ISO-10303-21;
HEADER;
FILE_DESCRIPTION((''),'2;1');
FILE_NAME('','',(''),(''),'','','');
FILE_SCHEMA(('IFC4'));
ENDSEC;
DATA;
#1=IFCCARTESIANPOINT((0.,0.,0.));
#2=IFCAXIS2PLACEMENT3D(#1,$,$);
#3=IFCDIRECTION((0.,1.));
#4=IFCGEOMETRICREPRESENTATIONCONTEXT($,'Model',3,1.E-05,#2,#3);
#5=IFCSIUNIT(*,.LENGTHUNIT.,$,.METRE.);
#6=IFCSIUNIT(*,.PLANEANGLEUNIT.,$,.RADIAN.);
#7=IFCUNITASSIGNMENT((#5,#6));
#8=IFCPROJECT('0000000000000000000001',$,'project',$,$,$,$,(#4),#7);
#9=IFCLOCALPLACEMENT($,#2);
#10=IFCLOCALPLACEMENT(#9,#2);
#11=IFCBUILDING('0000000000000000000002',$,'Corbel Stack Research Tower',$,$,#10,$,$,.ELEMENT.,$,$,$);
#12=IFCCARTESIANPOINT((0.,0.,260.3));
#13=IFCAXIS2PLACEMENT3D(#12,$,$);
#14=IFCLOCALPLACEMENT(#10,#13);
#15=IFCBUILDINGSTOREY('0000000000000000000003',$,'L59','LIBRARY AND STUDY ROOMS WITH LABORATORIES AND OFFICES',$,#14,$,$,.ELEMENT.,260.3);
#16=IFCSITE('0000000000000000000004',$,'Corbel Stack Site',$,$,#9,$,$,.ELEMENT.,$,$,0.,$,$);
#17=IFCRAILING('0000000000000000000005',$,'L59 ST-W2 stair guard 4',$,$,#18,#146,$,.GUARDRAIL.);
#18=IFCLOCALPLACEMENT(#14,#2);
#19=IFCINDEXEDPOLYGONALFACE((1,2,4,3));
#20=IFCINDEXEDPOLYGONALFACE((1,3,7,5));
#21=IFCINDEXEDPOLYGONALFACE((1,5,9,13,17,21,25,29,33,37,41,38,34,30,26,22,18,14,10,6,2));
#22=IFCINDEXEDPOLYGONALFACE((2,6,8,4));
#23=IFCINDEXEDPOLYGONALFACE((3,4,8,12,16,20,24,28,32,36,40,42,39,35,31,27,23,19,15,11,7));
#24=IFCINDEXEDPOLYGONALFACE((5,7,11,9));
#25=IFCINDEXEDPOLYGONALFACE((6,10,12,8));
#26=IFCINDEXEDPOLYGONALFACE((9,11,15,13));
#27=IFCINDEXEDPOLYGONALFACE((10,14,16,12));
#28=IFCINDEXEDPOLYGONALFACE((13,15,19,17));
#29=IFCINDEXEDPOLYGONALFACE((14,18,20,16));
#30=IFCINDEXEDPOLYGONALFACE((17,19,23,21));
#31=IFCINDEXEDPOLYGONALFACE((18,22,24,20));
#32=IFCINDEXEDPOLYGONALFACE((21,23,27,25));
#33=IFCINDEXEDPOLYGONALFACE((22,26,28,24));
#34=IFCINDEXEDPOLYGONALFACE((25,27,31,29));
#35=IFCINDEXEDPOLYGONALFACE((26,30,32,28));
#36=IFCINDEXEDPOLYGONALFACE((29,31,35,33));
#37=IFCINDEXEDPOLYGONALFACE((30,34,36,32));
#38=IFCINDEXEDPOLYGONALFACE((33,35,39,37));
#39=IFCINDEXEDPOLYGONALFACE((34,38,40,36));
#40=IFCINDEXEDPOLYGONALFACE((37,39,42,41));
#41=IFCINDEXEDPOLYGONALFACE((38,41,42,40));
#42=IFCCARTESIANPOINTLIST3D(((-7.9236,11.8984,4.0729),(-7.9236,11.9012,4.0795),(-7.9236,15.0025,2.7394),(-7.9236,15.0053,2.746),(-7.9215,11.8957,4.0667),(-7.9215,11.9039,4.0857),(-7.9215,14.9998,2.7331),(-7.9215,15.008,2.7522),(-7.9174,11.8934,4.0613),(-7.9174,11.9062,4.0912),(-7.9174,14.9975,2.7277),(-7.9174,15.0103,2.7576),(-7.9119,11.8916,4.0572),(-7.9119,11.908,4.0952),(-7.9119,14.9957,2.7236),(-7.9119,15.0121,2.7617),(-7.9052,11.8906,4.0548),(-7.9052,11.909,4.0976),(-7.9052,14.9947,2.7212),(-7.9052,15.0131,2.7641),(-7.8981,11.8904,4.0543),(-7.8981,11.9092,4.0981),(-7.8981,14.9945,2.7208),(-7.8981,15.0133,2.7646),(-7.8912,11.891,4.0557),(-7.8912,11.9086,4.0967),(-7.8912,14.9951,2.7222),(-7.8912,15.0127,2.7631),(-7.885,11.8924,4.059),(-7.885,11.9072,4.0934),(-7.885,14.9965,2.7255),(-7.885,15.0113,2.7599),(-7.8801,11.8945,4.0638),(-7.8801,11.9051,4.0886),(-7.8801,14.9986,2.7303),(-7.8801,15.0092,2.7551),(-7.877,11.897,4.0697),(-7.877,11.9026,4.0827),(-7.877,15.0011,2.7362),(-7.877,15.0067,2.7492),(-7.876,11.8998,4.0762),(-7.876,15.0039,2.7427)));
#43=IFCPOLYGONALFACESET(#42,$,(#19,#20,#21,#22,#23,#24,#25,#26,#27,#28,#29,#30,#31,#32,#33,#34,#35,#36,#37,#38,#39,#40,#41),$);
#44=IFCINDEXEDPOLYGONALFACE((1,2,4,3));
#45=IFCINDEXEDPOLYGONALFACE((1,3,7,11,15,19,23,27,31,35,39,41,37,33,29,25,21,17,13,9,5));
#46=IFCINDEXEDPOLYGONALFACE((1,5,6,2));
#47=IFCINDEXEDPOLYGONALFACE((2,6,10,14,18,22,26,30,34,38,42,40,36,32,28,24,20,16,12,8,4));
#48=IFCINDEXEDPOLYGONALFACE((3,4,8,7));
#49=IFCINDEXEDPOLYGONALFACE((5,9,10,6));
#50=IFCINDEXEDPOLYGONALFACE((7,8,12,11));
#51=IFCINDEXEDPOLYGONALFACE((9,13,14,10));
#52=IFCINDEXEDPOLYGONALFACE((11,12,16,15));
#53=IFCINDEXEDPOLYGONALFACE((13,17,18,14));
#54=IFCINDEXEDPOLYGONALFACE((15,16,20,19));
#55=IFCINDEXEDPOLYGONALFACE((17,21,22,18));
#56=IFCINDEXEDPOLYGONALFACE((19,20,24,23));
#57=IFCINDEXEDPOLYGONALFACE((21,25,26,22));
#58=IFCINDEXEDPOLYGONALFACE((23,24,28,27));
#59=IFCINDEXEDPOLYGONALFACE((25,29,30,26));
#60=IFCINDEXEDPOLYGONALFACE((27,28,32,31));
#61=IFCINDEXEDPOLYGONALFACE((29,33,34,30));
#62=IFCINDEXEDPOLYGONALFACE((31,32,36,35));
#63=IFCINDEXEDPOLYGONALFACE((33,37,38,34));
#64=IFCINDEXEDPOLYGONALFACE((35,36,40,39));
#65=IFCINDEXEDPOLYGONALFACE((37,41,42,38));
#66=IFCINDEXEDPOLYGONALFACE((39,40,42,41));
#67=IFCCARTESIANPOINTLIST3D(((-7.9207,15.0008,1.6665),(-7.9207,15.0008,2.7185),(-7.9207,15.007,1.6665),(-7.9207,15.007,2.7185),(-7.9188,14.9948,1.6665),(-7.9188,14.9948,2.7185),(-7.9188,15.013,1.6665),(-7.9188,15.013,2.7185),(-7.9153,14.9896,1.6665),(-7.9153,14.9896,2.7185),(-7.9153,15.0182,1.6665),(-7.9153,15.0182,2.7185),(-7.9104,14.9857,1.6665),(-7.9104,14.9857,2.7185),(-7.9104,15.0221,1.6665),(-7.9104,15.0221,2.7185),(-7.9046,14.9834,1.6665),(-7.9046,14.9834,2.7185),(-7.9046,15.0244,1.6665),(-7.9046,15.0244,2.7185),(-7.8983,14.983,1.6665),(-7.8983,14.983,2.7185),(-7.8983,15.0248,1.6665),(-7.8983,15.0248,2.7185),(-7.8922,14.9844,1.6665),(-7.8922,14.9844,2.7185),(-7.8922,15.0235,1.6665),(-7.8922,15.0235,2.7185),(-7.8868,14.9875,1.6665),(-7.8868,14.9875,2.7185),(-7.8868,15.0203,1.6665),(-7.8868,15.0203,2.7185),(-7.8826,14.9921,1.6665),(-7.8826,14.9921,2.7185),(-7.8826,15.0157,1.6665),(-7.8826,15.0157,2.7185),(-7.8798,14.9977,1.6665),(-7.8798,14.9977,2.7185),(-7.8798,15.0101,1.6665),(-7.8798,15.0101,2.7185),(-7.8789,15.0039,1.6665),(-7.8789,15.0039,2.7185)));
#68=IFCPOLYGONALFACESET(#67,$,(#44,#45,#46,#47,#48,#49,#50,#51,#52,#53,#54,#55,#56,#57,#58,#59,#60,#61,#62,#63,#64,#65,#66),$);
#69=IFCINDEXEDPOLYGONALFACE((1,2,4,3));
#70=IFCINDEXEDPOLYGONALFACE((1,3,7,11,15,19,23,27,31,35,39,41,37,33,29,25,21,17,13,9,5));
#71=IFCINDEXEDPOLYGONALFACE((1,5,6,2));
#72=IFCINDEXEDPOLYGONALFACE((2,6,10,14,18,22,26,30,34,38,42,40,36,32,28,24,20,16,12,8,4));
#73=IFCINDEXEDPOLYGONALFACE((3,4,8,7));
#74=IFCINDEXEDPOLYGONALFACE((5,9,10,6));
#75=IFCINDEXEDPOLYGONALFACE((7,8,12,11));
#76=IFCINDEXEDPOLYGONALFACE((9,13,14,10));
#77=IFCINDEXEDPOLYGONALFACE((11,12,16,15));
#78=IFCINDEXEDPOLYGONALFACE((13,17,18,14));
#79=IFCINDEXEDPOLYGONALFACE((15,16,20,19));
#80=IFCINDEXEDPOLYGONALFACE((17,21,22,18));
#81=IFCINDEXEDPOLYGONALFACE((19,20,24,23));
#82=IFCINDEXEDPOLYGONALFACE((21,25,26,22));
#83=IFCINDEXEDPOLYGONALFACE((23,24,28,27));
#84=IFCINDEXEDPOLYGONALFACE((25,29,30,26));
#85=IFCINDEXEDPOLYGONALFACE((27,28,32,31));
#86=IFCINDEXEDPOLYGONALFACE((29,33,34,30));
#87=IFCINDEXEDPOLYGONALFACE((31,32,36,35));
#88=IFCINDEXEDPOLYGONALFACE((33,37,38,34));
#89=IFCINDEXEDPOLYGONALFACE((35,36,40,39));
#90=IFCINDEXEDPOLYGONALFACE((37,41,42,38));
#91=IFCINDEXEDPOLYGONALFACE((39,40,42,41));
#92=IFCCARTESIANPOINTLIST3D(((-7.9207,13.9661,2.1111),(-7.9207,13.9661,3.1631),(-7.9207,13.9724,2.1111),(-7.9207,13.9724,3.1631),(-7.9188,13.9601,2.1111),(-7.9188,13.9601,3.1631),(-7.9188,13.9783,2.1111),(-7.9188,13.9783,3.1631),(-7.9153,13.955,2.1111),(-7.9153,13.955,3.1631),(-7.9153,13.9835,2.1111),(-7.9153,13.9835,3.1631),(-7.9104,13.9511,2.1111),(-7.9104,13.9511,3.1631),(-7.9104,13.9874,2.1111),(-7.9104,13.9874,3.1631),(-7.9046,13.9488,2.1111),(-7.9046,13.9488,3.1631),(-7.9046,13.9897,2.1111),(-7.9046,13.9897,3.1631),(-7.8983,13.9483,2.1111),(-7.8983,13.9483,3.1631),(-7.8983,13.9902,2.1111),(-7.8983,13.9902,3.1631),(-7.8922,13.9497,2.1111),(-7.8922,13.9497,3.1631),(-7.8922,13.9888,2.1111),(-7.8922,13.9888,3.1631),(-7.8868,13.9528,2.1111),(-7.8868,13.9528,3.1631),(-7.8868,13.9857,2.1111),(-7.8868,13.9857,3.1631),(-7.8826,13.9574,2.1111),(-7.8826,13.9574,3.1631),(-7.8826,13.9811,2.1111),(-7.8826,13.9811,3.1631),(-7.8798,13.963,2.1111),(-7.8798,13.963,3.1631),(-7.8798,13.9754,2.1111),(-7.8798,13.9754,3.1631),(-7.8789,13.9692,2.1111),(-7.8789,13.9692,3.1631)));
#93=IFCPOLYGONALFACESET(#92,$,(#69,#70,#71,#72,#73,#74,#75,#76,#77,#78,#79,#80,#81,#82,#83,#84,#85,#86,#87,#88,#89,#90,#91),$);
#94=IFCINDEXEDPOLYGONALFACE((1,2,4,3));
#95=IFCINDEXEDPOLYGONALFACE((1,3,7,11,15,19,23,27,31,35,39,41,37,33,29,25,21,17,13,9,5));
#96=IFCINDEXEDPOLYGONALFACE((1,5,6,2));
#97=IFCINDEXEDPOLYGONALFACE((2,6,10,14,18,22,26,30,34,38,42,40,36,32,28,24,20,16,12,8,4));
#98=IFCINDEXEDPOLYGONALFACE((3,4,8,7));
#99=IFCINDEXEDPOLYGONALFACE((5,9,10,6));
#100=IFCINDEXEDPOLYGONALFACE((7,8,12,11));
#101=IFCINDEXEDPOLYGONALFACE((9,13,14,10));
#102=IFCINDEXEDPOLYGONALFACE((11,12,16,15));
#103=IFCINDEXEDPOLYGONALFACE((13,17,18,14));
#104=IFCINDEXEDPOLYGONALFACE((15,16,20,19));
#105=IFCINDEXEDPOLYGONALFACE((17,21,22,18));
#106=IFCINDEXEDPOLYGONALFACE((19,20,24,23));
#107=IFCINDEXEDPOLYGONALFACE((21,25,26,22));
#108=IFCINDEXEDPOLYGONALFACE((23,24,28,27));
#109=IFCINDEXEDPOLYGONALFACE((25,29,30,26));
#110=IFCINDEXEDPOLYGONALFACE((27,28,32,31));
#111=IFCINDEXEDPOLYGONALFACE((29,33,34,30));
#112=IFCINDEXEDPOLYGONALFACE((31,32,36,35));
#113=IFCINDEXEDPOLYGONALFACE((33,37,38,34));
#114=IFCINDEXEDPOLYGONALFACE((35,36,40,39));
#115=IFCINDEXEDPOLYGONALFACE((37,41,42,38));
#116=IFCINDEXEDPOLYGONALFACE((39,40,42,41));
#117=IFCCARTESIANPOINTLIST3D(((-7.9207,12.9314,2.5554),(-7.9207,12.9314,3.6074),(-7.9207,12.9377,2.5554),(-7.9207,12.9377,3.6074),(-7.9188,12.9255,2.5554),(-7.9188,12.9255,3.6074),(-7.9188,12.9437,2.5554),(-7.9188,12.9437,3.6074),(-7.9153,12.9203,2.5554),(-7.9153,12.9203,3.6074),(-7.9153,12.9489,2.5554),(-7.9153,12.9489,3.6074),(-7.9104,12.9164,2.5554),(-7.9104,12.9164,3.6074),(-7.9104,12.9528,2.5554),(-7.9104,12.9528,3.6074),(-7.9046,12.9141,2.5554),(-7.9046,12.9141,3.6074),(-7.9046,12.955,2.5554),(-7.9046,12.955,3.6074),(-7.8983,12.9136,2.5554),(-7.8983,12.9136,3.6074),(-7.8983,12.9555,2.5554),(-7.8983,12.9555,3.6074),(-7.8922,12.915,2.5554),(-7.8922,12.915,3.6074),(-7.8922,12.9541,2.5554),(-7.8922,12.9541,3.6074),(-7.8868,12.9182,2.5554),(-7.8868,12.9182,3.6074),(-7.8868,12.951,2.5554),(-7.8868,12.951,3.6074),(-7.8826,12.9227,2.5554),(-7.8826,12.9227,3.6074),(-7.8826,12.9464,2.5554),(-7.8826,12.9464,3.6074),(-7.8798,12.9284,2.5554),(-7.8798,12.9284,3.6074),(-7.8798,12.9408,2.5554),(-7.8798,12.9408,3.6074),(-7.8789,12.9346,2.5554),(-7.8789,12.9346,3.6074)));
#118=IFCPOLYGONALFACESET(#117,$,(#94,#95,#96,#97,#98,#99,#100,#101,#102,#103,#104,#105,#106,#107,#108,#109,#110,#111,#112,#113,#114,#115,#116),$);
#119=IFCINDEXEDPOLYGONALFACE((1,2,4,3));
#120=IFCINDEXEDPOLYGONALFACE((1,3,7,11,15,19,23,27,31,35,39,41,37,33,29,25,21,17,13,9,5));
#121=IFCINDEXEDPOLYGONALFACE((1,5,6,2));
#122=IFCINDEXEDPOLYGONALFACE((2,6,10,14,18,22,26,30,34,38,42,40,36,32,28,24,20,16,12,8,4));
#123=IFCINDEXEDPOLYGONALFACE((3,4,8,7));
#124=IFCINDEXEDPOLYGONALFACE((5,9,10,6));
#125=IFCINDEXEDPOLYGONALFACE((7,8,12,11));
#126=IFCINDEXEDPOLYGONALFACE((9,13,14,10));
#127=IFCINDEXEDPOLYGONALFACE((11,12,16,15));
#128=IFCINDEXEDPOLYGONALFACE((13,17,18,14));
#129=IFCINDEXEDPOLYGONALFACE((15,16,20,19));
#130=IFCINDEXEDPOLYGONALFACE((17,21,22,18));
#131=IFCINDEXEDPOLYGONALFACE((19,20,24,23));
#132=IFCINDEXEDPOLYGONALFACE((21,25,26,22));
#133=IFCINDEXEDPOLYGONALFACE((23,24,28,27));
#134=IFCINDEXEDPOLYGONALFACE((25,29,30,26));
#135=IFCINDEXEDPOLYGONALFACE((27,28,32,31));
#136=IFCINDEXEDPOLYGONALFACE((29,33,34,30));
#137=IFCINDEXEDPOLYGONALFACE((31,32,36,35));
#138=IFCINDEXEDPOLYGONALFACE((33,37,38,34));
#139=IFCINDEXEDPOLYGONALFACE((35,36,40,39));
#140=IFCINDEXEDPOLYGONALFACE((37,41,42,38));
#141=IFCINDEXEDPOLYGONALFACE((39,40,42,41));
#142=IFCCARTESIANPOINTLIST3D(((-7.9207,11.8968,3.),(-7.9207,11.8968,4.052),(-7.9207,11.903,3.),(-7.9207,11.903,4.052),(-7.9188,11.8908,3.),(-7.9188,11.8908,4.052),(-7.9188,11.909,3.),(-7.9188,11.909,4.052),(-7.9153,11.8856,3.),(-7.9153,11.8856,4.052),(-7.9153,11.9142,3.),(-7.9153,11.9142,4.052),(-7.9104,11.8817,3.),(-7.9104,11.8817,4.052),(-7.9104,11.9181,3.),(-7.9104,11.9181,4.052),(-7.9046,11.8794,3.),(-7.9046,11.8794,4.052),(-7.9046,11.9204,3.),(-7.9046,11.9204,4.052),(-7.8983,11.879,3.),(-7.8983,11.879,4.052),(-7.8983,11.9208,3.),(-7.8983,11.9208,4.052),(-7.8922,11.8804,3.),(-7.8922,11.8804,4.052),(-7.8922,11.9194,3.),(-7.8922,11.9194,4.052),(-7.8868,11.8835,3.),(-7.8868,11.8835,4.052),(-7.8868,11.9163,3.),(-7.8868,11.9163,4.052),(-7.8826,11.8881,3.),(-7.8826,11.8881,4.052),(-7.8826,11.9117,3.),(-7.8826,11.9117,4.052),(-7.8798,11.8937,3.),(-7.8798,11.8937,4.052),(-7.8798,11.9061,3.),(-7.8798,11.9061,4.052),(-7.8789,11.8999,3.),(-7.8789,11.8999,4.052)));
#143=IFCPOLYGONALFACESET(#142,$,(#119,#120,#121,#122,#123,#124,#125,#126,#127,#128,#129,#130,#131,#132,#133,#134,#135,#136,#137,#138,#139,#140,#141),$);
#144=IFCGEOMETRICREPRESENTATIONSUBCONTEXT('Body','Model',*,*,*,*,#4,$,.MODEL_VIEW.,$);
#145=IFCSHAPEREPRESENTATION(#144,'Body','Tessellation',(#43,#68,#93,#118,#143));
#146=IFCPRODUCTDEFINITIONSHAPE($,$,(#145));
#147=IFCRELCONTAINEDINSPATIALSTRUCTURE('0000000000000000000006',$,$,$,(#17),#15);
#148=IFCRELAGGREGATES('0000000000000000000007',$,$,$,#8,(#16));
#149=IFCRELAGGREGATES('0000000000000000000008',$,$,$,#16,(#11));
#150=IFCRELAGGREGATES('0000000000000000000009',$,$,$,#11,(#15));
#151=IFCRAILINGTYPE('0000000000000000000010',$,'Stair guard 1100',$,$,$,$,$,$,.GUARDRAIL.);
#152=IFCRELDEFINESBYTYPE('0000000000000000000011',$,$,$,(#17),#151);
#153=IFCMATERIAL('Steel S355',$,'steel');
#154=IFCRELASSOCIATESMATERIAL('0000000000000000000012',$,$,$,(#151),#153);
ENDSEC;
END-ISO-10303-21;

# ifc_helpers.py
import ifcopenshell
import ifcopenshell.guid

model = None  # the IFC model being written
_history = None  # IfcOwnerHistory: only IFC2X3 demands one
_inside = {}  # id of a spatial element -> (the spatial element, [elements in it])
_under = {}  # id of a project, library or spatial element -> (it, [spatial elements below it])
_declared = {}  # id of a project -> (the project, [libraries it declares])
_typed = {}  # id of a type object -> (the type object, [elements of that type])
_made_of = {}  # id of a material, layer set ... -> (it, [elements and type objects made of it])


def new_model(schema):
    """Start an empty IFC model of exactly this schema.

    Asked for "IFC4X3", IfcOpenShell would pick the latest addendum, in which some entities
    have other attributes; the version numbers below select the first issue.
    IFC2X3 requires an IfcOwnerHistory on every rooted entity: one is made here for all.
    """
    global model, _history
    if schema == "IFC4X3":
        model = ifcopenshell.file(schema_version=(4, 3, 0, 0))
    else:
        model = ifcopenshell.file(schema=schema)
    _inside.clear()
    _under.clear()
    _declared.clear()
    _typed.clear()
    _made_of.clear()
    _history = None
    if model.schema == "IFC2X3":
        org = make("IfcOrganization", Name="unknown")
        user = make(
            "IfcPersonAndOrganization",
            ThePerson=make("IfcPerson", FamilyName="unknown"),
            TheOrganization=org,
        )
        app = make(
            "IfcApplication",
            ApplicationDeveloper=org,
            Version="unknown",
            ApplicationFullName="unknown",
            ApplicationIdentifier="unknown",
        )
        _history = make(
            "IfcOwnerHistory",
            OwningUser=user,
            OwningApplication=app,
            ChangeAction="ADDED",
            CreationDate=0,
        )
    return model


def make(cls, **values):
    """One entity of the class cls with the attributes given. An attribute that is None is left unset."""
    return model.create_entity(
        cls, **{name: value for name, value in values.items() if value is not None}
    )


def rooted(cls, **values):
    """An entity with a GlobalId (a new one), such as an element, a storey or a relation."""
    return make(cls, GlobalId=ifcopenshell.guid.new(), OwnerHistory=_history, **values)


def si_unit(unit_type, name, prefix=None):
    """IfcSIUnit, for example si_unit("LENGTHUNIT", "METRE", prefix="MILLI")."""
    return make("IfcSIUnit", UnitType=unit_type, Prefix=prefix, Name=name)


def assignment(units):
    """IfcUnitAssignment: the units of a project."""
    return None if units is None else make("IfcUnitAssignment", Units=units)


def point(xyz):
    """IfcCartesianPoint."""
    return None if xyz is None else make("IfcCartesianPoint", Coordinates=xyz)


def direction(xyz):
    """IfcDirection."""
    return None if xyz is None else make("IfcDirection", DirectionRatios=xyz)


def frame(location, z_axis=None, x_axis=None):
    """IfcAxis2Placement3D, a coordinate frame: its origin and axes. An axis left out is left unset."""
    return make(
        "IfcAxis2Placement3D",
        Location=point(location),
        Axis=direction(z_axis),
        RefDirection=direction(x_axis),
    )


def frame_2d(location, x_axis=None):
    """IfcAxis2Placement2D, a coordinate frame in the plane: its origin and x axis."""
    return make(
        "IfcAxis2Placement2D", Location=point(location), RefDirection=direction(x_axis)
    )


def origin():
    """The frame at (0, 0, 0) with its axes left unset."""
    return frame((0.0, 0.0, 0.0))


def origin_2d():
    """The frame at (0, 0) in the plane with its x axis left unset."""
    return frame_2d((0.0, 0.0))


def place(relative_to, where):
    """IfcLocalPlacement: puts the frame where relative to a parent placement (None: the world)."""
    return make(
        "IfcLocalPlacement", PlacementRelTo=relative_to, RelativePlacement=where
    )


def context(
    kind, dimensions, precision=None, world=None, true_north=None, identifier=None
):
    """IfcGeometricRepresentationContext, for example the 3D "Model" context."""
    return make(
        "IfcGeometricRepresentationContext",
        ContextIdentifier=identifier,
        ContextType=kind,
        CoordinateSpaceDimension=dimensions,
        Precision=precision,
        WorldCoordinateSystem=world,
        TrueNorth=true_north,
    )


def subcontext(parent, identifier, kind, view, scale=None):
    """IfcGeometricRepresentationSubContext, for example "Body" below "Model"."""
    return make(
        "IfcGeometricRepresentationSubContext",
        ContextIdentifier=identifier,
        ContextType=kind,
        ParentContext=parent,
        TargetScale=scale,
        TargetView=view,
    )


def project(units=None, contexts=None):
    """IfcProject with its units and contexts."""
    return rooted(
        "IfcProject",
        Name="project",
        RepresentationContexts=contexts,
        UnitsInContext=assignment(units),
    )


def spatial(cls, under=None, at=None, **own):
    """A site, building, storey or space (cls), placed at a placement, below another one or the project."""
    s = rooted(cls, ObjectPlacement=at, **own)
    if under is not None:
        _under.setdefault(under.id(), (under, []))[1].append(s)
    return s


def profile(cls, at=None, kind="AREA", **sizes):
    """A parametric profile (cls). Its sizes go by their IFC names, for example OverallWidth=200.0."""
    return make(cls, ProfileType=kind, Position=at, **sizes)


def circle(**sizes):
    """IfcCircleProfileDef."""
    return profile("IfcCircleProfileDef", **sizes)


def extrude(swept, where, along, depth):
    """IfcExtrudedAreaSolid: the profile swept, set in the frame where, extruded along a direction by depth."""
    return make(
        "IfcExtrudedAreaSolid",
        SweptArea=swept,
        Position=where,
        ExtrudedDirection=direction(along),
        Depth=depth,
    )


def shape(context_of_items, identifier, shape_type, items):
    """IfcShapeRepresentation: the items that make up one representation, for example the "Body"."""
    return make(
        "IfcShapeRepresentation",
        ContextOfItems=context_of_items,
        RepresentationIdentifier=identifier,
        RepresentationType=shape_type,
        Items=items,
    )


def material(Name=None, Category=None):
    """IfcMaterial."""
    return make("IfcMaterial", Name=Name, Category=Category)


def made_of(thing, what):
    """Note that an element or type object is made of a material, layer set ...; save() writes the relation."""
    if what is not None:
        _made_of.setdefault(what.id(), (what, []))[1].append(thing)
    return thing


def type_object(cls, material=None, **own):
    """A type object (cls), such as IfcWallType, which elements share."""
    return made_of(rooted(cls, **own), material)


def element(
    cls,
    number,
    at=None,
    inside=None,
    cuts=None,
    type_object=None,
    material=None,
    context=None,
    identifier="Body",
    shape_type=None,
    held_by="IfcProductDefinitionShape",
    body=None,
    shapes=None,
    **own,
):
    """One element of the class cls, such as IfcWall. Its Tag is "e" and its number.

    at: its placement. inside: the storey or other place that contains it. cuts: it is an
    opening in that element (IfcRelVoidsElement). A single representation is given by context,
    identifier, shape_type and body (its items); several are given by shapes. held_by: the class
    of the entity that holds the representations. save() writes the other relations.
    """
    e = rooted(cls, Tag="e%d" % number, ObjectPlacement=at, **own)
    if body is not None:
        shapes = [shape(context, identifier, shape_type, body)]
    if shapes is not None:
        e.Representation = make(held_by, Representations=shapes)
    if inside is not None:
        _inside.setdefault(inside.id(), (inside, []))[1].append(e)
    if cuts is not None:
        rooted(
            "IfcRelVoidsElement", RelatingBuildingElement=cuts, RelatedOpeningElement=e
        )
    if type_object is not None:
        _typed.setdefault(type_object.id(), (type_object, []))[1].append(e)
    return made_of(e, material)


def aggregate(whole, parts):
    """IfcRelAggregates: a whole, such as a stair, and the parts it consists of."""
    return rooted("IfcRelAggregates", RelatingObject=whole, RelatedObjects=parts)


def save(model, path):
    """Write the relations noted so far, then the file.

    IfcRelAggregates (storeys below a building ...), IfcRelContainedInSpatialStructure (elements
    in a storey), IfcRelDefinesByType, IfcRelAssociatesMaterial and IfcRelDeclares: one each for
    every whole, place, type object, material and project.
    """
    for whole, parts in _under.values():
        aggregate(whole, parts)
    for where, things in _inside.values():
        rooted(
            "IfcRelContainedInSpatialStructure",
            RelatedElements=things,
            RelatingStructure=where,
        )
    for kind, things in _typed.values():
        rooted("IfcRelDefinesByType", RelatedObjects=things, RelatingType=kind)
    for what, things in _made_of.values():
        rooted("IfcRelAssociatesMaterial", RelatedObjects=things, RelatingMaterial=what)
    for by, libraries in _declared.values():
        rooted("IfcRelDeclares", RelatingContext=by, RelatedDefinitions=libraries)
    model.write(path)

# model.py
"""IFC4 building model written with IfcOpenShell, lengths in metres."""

from ifc_helpers import new_model, si_unit, direction, frame, origin, origin_2d, place, context, subcontext, project, spatial, circle, extrude, material, type_object, element, save


model = new_model("IFC4")

# Units and contexts
model_context = context("Model", 3, precision=1e-05, world=origin(), true_north=direction((0.0, 1.0)))
body_context = subcontext(model_context, "Body", "Model", "MODEL_VIEW")
ifc_project = project(units=[si_unit("LENGTHUNIT", "METRE"), si_unit("PLANEANGLEUNIT", "RADIAN")], contexts=[model_context])

# Site, building, storey
site_placement = place(None, origin())
site = spatial("IfcSite", under=ifc_project, at=site_placement, Name="Corbel Stack Site", CompositionType="ELEMENT", RefElevation=0.0)
building_placement = place(site_placement, origin())
building = spatial("IfcBuilding", under=site, at=building_placement, Name="Corbel Stack Research Tower", CompositionType="ELEMENT")
storey_placement = place(building_placement, frame((0.0, 0.0, 260.3)))
storey = spatial("IfcBuildingStorey", under=building, at=storey_placement, Name="L59", Description="LIBRARY AND STUDY ROOMS WITH LABORATORIES AND OFFICES", CompositionType="ELEMENT", Elevation=260.3)

# Railing
ifc_material_1 = material(Name="Steel S355", Category="steel")
railing_type_1 = type_object("IfcRailingType", Name="Stair guard 1100", PredefinedType="GUARDRAIL", material=ifc_material_1)
railing_1_placement = place(storey_placement, frame((-7.8999, 15.0039, 1.6665)))
element("IfcRailing", 1, at=railing_1_placement, inside=storey, type_object=railing_type_1, Name="L59 ST-W2 stair guard 4", PredefinedType="GUARDRAIL", context=body_context, shape_type="SweptSolid", body=[
    extrude(circle(Radius=0.0239, at=origin_2d()), frame((0.0, 0.0, 1.0762), z_axis=(0.0, -0.918801, 0.394722), x_axis=(1.0, 0.0, 0.0)), (0.0, 0.0, 1.0), 3.3784),
    extrude(circle(Radius=0.021, at=origin_2d()), origin(), (0.0, 0.0, 1.0), 1.052),
    extrude(circle(Radius=0.021, at=origin_2d()), frame((0.0, -1.0347, 0.4446)), (0.0, 0.0, 1.0), 1.052),
    extrude(circle(Radius=0.021, at=origin_2d()), frame((0.0, -2.0693, 0.8889)), (0.0, 0.0, 1.0), 1.052),
    extrude(circle(Radius=0.021, at=origin_2d()), frame((0.0, -3.104, 1.3335)), (0.0, 0.0, 1.0), 1.052),
])

save(model, "model.ifc")
